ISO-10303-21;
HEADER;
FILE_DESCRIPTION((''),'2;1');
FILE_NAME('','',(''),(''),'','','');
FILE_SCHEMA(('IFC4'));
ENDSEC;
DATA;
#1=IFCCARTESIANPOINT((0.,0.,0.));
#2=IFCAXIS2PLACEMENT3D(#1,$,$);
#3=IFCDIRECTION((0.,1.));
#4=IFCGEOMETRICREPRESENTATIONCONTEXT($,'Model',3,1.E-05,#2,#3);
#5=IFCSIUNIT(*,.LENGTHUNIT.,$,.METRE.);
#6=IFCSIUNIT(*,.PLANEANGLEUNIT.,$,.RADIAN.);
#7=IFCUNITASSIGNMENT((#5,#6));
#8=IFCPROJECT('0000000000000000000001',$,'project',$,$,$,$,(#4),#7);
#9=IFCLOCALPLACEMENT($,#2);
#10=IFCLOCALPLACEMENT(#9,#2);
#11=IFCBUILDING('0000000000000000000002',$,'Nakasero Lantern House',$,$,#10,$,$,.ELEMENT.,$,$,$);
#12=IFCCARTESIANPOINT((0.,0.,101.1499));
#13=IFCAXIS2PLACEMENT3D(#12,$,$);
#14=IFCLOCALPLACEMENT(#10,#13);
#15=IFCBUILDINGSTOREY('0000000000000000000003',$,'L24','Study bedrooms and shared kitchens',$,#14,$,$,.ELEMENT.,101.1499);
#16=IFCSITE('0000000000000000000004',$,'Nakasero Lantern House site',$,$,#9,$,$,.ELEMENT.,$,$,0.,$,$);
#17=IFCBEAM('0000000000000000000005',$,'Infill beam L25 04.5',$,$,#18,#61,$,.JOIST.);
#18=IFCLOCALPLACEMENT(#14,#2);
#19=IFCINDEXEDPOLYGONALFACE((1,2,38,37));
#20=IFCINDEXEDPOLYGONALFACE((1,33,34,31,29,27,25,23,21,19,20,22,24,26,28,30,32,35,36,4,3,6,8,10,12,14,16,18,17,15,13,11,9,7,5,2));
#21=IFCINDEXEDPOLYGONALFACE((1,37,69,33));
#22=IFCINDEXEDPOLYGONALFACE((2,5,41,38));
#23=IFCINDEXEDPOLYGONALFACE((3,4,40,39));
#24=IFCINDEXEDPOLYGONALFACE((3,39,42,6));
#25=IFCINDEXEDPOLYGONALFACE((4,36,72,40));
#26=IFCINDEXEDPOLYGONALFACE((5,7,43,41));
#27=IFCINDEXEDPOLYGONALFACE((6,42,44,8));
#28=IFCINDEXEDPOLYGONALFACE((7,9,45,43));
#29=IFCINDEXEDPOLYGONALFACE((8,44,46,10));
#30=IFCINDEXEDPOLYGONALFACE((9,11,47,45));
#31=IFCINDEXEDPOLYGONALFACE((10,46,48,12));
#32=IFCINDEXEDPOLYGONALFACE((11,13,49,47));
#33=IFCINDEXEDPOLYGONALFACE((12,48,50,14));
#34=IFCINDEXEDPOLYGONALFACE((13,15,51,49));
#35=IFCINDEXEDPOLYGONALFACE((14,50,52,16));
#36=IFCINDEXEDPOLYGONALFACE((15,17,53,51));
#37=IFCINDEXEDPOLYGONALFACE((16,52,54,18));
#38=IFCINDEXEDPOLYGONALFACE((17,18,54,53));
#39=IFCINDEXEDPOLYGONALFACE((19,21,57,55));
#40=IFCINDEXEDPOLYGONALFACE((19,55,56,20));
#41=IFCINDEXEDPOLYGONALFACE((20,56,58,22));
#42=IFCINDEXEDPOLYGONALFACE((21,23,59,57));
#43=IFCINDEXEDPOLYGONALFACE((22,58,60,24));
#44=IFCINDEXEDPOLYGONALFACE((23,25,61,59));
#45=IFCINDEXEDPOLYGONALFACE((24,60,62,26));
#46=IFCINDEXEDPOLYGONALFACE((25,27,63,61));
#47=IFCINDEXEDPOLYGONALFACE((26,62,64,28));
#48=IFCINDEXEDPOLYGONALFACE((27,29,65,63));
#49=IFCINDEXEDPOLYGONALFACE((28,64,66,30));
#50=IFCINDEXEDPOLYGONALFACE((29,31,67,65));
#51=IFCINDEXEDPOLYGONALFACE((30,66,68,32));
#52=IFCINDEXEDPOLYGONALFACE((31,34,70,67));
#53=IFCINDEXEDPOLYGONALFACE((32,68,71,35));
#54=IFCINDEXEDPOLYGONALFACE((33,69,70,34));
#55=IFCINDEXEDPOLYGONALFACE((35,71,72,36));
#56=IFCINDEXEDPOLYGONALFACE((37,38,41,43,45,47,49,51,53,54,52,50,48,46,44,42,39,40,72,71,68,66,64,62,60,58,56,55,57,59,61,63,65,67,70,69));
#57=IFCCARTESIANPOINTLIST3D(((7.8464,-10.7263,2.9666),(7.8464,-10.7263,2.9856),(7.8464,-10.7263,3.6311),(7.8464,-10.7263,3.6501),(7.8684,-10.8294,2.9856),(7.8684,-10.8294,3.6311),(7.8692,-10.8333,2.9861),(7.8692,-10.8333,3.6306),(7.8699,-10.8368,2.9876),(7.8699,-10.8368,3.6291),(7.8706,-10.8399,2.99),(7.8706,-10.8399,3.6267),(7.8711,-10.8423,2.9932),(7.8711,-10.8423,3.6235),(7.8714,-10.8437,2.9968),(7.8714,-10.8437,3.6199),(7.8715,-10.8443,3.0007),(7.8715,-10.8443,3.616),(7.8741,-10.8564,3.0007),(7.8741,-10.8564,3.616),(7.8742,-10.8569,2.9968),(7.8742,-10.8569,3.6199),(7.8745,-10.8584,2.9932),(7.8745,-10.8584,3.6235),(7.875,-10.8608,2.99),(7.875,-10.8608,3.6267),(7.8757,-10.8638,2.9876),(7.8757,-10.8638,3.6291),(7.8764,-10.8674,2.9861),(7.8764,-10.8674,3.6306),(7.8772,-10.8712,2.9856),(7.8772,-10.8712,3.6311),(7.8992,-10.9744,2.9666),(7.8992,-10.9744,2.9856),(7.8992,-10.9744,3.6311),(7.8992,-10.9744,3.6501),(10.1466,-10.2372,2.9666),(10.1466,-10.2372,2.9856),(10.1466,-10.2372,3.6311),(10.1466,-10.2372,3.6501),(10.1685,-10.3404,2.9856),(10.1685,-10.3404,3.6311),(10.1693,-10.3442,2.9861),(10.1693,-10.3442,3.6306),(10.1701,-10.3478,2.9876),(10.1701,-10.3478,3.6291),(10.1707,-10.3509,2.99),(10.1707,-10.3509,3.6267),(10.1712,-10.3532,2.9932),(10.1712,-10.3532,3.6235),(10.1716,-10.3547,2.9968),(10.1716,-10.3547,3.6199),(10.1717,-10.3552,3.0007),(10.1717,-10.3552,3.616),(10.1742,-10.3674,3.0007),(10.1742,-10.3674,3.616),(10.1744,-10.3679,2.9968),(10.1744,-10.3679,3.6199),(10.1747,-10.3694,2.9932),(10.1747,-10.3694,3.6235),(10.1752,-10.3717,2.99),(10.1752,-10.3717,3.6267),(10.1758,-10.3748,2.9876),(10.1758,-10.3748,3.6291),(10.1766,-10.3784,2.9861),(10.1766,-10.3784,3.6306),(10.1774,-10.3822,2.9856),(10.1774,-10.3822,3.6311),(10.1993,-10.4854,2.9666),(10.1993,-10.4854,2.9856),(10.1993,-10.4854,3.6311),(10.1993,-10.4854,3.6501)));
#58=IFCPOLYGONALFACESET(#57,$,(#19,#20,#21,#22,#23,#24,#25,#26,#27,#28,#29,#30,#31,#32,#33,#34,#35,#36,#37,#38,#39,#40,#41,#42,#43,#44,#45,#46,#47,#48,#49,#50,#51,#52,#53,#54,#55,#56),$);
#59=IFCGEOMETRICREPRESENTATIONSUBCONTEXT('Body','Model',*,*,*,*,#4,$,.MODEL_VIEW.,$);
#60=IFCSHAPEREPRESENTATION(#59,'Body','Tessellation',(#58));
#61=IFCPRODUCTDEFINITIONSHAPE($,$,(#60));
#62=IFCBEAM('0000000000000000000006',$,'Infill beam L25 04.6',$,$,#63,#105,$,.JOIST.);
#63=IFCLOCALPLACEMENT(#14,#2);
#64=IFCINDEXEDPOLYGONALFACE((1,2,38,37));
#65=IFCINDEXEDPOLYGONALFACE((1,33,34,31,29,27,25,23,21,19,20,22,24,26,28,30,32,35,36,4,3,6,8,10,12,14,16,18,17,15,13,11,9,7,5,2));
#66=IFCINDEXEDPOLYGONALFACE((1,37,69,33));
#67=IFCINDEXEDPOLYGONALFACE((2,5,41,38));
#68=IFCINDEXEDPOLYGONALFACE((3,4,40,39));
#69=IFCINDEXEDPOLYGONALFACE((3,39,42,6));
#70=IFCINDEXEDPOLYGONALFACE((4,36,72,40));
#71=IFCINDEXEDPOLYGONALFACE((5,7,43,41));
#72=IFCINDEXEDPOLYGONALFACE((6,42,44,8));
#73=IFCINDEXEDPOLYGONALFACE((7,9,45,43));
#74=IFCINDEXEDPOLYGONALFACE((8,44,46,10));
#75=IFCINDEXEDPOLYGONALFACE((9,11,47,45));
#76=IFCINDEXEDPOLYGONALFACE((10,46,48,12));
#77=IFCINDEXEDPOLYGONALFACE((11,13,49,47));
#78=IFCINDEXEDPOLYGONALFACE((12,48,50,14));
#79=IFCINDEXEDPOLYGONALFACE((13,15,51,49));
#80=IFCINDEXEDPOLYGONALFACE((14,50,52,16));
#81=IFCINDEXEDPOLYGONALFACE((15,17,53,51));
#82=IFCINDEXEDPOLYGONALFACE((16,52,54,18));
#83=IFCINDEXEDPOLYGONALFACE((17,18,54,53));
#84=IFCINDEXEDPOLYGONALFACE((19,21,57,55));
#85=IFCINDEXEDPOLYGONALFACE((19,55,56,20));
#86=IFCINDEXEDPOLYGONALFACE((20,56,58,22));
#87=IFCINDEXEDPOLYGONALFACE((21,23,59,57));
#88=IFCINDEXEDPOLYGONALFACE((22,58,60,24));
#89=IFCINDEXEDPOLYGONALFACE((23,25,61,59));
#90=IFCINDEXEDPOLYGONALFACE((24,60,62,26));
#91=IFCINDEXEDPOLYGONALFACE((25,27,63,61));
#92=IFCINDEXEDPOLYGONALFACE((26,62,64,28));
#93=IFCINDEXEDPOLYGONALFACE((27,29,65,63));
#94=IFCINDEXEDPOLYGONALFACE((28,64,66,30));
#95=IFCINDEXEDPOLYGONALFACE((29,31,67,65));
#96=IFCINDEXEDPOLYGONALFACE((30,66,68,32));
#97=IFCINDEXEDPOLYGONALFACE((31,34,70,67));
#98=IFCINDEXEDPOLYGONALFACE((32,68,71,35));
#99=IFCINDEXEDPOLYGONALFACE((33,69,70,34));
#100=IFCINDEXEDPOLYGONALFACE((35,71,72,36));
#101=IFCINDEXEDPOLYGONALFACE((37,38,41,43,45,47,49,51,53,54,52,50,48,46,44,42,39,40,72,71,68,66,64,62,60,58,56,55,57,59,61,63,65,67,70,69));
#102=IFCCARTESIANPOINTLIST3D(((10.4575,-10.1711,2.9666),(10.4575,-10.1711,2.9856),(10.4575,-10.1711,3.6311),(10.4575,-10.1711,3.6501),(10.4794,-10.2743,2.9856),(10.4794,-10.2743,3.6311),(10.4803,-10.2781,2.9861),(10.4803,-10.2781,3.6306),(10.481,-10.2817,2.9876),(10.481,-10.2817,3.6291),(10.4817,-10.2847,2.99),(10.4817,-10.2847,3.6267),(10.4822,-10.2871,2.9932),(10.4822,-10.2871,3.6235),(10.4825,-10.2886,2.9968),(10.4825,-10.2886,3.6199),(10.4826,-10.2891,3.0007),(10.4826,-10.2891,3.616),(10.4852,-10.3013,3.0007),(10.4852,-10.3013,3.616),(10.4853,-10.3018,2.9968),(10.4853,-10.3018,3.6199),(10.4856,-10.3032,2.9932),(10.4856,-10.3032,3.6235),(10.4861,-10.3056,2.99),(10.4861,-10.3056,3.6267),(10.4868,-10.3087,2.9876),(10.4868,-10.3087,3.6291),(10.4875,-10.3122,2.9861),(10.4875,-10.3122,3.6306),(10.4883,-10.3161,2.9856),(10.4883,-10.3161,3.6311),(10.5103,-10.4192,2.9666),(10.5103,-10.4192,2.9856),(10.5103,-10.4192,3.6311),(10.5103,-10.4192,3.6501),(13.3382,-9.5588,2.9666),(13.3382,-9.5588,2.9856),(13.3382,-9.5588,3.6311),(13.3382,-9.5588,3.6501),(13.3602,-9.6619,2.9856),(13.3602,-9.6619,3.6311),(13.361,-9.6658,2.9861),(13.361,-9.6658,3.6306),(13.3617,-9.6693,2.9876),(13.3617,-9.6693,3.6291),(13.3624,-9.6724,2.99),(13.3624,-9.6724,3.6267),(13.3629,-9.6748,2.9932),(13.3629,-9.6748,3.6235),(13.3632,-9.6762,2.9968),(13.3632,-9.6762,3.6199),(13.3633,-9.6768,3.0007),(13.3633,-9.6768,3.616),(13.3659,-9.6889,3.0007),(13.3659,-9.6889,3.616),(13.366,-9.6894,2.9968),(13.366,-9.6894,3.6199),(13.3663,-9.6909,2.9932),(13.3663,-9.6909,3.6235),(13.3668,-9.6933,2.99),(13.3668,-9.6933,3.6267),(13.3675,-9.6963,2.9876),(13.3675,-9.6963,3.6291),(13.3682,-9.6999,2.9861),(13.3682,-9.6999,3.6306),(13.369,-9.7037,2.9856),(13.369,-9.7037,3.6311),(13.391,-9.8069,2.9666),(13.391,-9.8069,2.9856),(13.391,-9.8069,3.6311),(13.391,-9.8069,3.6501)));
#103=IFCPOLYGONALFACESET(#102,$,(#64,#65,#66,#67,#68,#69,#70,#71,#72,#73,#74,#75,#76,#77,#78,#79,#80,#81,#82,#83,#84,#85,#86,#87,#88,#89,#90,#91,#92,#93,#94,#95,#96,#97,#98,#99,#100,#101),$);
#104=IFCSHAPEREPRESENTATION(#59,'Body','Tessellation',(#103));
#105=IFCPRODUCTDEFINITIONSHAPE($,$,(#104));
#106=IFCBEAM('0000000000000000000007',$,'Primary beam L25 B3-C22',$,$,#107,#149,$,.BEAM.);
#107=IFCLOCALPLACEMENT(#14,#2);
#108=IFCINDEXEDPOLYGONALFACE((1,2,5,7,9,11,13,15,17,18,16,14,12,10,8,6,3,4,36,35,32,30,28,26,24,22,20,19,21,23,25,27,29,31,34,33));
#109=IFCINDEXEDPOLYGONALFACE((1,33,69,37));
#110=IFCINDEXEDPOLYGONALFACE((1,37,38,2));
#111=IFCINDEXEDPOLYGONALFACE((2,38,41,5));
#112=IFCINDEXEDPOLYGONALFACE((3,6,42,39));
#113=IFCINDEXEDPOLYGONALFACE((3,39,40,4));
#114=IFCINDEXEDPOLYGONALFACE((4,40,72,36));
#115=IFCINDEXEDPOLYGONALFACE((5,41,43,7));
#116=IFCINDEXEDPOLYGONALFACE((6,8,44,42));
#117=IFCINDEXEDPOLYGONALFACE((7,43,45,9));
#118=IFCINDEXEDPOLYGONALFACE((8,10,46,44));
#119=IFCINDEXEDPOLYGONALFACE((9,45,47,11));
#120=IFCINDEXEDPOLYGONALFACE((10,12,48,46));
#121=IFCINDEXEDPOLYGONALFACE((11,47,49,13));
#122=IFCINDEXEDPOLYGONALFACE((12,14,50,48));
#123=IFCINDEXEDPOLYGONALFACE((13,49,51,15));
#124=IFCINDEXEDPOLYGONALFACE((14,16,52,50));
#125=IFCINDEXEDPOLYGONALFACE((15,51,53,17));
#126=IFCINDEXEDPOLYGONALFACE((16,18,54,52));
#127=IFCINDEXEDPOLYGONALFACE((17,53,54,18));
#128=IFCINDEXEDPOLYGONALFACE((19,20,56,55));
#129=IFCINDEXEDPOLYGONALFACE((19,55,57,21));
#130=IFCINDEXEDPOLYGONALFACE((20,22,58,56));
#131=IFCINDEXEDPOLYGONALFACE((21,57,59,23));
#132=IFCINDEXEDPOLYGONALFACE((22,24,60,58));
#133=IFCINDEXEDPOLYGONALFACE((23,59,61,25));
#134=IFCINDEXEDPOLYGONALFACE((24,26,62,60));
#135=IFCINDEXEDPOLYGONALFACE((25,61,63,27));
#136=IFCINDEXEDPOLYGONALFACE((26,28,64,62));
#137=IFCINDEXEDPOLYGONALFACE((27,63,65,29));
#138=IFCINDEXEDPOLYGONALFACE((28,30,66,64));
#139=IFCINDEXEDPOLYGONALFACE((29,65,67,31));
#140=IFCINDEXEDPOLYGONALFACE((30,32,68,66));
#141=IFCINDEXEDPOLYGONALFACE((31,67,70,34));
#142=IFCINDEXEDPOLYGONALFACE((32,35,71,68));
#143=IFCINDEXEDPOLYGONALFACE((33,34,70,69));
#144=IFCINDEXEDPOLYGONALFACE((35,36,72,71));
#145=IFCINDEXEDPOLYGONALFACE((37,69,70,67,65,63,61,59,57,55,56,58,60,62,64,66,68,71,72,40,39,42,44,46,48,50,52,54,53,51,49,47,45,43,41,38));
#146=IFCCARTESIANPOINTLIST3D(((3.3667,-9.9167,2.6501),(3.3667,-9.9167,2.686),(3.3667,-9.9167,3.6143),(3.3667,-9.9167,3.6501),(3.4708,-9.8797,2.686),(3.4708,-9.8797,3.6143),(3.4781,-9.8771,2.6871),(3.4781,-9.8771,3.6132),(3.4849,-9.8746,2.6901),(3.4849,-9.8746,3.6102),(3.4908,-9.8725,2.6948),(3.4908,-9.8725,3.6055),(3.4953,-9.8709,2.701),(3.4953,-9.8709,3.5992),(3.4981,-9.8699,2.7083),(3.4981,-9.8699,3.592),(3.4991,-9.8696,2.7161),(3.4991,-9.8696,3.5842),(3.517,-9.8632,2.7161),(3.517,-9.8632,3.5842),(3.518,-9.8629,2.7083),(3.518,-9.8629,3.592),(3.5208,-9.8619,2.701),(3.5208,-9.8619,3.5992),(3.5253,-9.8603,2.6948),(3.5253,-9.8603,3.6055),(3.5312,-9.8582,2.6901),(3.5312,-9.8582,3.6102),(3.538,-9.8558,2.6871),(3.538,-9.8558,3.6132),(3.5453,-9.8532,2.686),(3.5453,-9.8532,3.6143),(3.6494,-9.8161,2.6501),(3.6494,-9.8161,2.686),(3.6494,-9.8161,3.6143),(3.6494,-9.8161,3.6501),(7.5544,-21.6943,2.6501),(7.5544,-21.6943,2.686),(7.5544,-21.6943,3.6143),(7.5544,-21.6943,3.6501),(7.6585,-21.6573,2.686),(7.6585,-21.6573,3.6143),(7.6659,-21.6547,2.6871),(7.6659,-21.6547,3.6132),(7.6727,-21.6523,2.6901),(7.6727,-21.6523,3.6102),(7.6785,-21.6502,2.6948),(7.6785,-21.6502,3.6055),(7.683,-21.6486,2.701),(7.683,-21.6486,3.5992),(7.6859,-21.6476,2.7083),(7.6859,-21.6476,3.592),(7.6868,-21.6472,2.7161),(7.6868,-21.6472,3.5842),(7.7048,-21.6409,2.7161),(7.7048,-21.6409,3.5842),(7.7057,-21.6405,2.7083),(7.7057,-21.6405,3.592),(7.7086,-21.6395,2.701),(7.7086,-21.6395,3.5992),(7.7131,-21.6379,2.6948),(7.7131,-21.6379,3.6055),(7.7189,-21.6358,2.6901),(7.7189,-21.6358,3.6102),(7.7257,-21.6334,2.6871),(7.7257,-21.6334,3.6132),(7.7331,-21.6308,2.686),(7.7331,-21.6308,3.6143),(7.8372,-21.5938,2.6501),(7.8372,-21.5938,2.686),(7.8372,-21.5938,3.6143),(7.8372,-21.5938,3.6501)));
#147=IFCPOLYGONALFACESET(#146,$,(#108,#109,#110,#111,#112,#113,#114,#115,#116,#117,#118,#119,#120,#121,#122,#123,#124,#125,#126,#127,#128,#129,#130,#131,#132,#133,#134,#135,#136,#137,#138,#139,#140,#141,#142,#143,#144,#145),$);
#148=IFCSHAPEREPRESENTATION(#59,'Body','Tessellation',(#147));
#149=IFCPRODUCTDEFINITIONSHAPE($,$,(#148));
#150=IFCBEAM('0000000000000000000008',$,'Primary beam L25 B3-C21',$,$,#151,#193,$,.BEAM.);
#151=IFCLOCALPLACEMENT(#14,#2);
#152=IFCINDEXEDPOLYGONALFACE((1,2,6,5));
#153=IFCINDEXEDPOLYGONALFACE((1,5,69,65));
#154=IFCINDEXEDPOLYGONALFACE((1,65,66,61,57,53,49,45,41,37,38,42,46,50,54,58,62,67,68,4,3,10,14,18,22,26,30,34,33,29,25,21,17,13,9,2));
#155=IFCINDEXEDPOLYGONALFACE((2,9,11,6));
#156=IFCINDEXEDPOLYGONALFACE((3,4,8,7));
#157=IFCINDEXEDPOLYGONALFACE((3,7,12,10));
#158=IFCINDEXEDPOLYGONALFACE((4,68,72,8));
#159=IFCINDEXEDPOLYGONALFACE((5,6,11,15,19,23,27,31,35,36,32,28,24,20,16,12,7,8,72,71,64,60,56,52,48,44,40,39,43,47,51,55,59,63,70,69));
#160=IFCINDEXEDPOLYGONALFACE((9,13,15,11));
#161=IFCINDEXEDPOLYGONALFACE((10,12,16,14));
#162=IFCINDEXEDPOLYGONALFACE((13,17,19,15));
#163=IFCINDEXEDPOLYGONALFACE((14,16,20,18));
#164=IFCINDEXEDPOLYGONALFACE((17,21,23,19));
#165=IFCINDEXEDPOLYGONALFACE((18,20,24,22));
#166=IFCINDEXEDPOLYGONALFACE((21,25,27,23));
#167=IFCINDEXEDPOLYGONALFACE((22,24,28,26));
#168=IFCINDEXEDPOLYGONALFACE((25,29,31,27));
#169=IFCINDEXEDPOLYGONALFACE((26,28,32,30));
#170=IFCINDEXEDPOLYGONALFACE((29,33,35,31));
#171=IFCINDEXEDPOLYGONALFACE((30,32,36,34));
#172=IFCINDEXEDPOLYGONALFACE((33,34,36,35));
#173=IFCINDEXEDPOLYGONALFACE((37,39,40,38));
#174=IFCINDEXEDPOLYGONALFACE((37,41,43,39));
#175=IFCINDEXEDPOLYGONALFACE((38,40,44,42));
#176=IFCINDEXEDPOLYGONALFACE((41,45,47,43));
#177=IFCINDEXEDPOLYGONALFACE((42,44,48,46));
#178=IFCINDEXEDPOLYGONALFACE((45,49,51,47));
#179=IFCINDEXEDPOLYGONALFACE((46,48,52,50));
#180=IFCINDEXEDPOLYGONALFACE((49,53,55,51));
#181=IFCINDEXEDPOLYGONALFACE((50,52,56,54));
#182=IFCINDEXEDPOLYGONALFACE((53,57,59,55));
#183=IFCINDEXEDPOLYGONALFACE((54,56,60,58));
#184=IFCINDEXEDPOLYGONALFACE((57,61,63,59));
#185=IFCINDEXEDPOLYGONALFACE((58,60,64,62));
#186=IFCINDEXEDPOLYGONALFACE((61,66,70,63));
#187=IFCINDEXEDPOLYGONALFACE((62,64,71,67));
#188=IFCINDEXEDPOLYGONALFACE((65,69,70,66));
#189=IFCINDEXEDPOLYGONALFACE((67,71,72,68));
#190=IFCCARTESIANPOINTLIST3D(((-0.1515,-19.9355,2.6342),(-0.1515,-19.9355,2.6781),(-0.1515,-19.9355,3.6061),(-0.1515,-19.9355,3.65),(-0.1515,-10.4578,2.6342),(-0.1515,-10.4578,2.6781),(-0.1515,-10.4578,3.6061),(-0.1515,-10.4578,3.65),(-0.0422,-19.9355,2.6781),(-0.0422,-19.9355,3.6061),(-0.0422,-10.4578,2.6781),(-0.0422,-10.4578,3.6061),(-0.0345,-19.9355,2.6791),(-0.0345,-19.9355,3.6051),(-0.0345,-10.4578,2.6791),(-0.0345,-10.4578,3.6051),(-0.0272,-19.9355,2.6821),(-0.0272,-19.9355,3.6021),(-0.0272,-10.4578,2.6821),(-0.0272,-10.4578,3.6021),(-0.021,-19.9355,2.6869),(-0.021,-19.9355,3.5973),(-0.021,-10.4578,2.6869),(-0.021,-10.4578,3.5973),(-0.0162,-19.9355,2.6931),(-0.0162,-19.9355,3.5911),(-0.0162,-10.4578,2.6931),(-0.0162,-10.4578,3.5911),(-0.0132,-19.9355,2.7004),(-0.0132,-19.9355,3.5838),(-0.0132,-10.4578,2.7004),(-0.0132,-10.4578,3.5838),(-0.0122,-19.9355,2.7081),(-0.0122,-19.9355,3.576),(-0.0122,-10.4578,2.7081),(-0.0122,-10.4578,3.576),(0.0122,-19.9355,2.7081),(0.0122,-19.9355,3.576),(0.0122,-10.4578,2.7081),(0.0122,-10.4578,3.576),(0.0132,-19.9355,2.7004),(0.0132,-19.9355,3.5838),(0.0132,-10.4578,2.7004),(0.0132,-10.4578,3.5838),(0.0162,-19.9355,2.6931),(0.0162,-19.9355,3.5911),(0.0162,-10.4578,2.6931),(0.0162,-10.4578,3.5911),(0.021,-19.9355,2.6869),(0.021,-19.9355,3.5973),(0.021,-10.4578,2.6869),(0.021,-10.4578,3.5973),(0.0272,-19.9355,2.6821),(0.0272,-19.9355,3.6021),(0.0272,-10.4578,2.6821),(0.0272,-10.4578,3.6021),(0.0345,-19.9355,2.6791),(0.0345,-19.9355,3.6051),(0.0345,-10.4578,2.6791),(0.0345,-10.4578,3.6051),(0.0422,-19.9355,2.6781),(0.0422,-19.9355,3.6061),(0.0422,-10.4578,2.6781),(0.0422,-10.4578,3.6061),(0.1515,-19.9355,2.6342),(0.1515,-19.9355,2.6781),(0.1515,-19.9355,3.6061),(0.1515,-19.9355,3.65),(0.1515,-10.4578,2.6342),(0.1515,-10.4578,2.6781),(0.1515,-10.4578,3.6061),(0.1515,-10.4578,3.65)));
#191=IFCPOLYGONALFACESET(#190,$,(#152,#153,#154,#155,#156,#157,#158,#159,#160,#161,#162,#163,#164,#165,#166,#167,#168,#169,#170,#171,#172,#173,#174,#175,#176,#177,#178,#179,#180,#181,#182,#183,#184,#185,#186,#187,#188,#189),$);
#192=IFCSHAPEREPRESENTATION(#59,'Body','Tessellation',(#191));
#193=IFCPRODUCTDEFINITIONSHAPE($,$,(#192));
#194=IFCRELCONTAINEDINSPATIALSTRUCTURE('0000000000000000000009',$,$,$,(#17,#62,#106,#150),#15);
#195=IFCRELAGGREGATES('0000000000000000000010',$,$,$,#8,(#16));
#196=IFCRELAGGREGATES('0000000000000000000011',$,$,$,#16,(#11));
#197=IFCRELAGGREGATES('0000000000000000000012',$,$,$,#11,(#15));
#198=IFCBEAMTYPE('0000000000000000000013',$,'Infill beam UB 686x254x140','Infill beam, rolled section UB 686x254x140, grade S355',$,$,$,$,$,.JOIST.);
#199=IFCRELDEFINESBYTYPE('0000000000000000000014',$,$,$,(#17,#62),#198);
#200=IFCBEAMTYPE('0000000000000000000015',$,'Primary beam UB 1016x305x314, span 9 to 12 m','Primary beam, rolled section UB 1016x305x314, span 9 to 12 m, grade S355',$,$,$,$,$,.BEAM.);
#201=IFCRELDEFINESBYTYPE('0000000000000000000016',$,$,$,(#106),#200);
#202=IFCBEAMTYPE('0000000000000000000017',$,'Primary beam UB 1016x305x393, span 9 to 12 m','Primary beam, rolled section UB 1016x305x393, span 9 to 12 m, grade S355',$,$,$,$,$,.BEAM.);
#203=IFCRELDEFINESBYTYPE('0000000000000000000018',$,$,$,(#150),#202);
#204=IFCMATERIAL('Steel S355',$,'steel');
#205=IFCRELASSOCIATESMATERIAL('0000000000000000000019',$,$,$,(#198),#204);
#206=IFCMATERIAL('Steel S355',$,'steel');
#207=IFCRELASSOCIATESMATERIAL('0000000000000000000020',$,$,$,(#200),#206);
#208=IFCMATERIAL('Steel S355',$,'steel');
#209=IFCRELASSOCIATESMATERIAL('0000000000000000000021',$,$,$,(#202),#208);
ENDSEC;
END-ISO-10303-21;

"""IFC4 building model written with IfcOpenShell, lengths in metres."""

from ifc_helpers import new_model, si_unit, direction, frame, origin, origin_2d, place, context, subcontext, project, spatial, i_section, extrude, material, material_profile, profile_set, type_object, element, save


model = new_model("IFC4")

# Units and contexts
model_context = context("Model", 3, precision=1e-05, world=origin(), true_north=direction((0.0, 1.0)))
body_context = subcontext(model_context, "Body", "Model", "MODEL_VIEW")
ifc_project = project(units=[si_unit("LENGTHUNIT", "METRE"), si_unit("PLANEANGLEUNIT", "RADIAN")], contexts=[model_context])

# Site, building, storey
site_placement = place(None, origin())
site = spatial("IfcSite", under=ifc_project, at=site_placement, Name="Nakasero Lantern House site", CompositionType="ELEMENT", RefElevation=0.0)
building_placement = place(site_placement, origin())
building = spatial("IfcBuilding", under=site, at=building_placement, Name="Nakasero Lantern House", CompositionType="ELEMENT")
storey_placement = place(building_placement, frame((0.0, 0.0, 101.1499)))
storey = spatial("IfcBuildingStorey", under=building, at=storey_placement, Name="L24", Description="Study bedrooms and shared kitchens", CompositionType="ELEMENT", Elevation=101.1499)

# Beams
ifc_material_1 = material(Name="Steel S355", Category="steel")
ifc_material_profile_1 = material_profile(ifc_material_1, i_section(OverallWidth=0.2537, OverallDepth=0.6836, WebThickness=0.0125, FlangeThickness=0.019, FilletRadius=0.0151, at=origin_2d()), Name="UB 686x254x140")
ifc_profile_set_1 = profile_set([ifc_material_profile_1], Name="Steel S355")
beam_type_1 = type_object("IfcBeamType", Name="Infill beam UB 686x254x140", Description="Infill beam, rolled section UB 686x254x140, grade S355", PredefinedType="JOIST", material=ifc_profile_set_1)
beam_1_placement = place(storey_placement, frame((7.8728, -10.8503, 3.3083), z_axis=(0.978137, 0.207962, 0.0), x_axis=(-0.207962, 0.978137, 0.0)))
element("IfcBeam", 1, at=beam_1_placement, inside=storey, type_object=beam_type_1, Name="Infill beam L25 04.5", PredefinedType="JOIST", context=body_context, shape_type="SweptSolid", body=[
    extrude(i_section(OverallWidth=0.2537, OverallDepth=0.6836, WebThickness=0.0125, FlangeThickness=0.019, FilletRadius=0.0151, at=origin_2d()), origin(), (0.0, 0.0, 1.0), 2.3516),
])
beam_2_placement = place(storey_placement, frame((10.4839, -10.2952, 3.3083), z_axis=(0.978147, 0.207915, 0.0), x_axis=(-0.207915, 0.978147, 0.0)))
element("IfcBeam", 2, at=beam_2_placement, inside=storey, type_object=beam_type_1, Name="Infill beam L25 04.6", PredefinedType="JOIST", context=body_context, shape_type="SweptSolid", body=[
    extrude(i_section(OverallWidth=0.2537, OverallDepth=0.6836, WebThickness=0.0125, FlangeThickness=0.019, FilletRadius=0.0151, at=origin_2d()), origin(), (0.0, 0.0, 1.0), 2.9451),
])
ifc_material_2 = material(Name="Steel S355", Category="steel")
ifc_material_profile_2 = material_profile(ifc_material_2, i_section(OverallWidth=0.3, OverallDepth=1.0, WebThickness=0.019, FlangeThickness=0.0359, FilletRadius=0.03, at=origin_2d()), Name="UB 1016x305x314")
ifc_profile_set_2 = profile_set([ifc_material_profile_2], Name="Steel S355")
beam_type_2 = type_object("IfcBeamType", Name="Primary beam UB 1016x305x314, span 9 to 12 m", Description="Primary beam, rolled section UB 1016x305x314, span 9 to 12 m, grade S355", PredefinedType="BEAM", material=ifc_profile_set_2)
beam_3_placement = place(storey_placement, frame((7.6958, -21.644, 3.1501), z_axis=(-0.335021, 0.942211, 0.0), x_axis=(-0.942211, -0.335021, 0.0)))
element("IfcBeam", 3, at=beam_3_placement, inside=storey, type_object=beam_type_2, Name="Primary beam L25 B3-C22", PredefinedType="BEAM", context=body_context, shape_type="SweptSolid", body=[
    extrude(i_section(OverallWidth=0.3, OverallDepth=1.0, WebThickness=0.019, FlangeThickness=0.0359, FilletRadius=0.03, at=origin_2d()), origin(), (0.0, 0.0, 1.0), 12.5),
])
ifc_material_3 = material(Name="Steel S355", Category="steel")
ifc_material_profile_3 = material_profile(ifc_material_3, i_section(OverallWidth=0.303, OverallDepth=1.0159, WebThickness=0.0244, FlangeThickness=0.0439, FilletRadius=0.03, at=origin_2d()), Name="UB 1016x305x393")
ifc_profile_set_3 = profile_set([ifc_material_profile_3], Name="Steel S355")
beam_type_3 = type_object("IfcBeamType", Name="Primary beam UB 1016x305x393, span 9 to 12 m", Description="Primary beam, rolled section UB 1016x305x393, span 9 to 12 m, grade S355", PredefinedType="BEAM", material=ifc_profile_set_3)
beam_4_placement = place(storey_placement, frame((0.0, -19.9355, 3.1421), z_axis=(0.0, 1.0, 0.0), x_axis=(-1.0, 0.0, 0.0)))
element("IfcBeam", 4, at=beam_4_placement, inside=storey, type_object=beam_type_3, Name="Primary beam L25 B3-C21", PredefinedType="BEAM", context=body_context, shape_type="SweptSolid", body=[
    extrude(i_section(OverallWidth=0.303, OverallDepth=1.0159, WebThickness=0.0244, FlangeThickness=0.0439, FilletRadius=0.03, at=origin_2d()), origin(), (0.0, 0.0, 1.0), 9.4778),
])

save(model, "model.ifc")
